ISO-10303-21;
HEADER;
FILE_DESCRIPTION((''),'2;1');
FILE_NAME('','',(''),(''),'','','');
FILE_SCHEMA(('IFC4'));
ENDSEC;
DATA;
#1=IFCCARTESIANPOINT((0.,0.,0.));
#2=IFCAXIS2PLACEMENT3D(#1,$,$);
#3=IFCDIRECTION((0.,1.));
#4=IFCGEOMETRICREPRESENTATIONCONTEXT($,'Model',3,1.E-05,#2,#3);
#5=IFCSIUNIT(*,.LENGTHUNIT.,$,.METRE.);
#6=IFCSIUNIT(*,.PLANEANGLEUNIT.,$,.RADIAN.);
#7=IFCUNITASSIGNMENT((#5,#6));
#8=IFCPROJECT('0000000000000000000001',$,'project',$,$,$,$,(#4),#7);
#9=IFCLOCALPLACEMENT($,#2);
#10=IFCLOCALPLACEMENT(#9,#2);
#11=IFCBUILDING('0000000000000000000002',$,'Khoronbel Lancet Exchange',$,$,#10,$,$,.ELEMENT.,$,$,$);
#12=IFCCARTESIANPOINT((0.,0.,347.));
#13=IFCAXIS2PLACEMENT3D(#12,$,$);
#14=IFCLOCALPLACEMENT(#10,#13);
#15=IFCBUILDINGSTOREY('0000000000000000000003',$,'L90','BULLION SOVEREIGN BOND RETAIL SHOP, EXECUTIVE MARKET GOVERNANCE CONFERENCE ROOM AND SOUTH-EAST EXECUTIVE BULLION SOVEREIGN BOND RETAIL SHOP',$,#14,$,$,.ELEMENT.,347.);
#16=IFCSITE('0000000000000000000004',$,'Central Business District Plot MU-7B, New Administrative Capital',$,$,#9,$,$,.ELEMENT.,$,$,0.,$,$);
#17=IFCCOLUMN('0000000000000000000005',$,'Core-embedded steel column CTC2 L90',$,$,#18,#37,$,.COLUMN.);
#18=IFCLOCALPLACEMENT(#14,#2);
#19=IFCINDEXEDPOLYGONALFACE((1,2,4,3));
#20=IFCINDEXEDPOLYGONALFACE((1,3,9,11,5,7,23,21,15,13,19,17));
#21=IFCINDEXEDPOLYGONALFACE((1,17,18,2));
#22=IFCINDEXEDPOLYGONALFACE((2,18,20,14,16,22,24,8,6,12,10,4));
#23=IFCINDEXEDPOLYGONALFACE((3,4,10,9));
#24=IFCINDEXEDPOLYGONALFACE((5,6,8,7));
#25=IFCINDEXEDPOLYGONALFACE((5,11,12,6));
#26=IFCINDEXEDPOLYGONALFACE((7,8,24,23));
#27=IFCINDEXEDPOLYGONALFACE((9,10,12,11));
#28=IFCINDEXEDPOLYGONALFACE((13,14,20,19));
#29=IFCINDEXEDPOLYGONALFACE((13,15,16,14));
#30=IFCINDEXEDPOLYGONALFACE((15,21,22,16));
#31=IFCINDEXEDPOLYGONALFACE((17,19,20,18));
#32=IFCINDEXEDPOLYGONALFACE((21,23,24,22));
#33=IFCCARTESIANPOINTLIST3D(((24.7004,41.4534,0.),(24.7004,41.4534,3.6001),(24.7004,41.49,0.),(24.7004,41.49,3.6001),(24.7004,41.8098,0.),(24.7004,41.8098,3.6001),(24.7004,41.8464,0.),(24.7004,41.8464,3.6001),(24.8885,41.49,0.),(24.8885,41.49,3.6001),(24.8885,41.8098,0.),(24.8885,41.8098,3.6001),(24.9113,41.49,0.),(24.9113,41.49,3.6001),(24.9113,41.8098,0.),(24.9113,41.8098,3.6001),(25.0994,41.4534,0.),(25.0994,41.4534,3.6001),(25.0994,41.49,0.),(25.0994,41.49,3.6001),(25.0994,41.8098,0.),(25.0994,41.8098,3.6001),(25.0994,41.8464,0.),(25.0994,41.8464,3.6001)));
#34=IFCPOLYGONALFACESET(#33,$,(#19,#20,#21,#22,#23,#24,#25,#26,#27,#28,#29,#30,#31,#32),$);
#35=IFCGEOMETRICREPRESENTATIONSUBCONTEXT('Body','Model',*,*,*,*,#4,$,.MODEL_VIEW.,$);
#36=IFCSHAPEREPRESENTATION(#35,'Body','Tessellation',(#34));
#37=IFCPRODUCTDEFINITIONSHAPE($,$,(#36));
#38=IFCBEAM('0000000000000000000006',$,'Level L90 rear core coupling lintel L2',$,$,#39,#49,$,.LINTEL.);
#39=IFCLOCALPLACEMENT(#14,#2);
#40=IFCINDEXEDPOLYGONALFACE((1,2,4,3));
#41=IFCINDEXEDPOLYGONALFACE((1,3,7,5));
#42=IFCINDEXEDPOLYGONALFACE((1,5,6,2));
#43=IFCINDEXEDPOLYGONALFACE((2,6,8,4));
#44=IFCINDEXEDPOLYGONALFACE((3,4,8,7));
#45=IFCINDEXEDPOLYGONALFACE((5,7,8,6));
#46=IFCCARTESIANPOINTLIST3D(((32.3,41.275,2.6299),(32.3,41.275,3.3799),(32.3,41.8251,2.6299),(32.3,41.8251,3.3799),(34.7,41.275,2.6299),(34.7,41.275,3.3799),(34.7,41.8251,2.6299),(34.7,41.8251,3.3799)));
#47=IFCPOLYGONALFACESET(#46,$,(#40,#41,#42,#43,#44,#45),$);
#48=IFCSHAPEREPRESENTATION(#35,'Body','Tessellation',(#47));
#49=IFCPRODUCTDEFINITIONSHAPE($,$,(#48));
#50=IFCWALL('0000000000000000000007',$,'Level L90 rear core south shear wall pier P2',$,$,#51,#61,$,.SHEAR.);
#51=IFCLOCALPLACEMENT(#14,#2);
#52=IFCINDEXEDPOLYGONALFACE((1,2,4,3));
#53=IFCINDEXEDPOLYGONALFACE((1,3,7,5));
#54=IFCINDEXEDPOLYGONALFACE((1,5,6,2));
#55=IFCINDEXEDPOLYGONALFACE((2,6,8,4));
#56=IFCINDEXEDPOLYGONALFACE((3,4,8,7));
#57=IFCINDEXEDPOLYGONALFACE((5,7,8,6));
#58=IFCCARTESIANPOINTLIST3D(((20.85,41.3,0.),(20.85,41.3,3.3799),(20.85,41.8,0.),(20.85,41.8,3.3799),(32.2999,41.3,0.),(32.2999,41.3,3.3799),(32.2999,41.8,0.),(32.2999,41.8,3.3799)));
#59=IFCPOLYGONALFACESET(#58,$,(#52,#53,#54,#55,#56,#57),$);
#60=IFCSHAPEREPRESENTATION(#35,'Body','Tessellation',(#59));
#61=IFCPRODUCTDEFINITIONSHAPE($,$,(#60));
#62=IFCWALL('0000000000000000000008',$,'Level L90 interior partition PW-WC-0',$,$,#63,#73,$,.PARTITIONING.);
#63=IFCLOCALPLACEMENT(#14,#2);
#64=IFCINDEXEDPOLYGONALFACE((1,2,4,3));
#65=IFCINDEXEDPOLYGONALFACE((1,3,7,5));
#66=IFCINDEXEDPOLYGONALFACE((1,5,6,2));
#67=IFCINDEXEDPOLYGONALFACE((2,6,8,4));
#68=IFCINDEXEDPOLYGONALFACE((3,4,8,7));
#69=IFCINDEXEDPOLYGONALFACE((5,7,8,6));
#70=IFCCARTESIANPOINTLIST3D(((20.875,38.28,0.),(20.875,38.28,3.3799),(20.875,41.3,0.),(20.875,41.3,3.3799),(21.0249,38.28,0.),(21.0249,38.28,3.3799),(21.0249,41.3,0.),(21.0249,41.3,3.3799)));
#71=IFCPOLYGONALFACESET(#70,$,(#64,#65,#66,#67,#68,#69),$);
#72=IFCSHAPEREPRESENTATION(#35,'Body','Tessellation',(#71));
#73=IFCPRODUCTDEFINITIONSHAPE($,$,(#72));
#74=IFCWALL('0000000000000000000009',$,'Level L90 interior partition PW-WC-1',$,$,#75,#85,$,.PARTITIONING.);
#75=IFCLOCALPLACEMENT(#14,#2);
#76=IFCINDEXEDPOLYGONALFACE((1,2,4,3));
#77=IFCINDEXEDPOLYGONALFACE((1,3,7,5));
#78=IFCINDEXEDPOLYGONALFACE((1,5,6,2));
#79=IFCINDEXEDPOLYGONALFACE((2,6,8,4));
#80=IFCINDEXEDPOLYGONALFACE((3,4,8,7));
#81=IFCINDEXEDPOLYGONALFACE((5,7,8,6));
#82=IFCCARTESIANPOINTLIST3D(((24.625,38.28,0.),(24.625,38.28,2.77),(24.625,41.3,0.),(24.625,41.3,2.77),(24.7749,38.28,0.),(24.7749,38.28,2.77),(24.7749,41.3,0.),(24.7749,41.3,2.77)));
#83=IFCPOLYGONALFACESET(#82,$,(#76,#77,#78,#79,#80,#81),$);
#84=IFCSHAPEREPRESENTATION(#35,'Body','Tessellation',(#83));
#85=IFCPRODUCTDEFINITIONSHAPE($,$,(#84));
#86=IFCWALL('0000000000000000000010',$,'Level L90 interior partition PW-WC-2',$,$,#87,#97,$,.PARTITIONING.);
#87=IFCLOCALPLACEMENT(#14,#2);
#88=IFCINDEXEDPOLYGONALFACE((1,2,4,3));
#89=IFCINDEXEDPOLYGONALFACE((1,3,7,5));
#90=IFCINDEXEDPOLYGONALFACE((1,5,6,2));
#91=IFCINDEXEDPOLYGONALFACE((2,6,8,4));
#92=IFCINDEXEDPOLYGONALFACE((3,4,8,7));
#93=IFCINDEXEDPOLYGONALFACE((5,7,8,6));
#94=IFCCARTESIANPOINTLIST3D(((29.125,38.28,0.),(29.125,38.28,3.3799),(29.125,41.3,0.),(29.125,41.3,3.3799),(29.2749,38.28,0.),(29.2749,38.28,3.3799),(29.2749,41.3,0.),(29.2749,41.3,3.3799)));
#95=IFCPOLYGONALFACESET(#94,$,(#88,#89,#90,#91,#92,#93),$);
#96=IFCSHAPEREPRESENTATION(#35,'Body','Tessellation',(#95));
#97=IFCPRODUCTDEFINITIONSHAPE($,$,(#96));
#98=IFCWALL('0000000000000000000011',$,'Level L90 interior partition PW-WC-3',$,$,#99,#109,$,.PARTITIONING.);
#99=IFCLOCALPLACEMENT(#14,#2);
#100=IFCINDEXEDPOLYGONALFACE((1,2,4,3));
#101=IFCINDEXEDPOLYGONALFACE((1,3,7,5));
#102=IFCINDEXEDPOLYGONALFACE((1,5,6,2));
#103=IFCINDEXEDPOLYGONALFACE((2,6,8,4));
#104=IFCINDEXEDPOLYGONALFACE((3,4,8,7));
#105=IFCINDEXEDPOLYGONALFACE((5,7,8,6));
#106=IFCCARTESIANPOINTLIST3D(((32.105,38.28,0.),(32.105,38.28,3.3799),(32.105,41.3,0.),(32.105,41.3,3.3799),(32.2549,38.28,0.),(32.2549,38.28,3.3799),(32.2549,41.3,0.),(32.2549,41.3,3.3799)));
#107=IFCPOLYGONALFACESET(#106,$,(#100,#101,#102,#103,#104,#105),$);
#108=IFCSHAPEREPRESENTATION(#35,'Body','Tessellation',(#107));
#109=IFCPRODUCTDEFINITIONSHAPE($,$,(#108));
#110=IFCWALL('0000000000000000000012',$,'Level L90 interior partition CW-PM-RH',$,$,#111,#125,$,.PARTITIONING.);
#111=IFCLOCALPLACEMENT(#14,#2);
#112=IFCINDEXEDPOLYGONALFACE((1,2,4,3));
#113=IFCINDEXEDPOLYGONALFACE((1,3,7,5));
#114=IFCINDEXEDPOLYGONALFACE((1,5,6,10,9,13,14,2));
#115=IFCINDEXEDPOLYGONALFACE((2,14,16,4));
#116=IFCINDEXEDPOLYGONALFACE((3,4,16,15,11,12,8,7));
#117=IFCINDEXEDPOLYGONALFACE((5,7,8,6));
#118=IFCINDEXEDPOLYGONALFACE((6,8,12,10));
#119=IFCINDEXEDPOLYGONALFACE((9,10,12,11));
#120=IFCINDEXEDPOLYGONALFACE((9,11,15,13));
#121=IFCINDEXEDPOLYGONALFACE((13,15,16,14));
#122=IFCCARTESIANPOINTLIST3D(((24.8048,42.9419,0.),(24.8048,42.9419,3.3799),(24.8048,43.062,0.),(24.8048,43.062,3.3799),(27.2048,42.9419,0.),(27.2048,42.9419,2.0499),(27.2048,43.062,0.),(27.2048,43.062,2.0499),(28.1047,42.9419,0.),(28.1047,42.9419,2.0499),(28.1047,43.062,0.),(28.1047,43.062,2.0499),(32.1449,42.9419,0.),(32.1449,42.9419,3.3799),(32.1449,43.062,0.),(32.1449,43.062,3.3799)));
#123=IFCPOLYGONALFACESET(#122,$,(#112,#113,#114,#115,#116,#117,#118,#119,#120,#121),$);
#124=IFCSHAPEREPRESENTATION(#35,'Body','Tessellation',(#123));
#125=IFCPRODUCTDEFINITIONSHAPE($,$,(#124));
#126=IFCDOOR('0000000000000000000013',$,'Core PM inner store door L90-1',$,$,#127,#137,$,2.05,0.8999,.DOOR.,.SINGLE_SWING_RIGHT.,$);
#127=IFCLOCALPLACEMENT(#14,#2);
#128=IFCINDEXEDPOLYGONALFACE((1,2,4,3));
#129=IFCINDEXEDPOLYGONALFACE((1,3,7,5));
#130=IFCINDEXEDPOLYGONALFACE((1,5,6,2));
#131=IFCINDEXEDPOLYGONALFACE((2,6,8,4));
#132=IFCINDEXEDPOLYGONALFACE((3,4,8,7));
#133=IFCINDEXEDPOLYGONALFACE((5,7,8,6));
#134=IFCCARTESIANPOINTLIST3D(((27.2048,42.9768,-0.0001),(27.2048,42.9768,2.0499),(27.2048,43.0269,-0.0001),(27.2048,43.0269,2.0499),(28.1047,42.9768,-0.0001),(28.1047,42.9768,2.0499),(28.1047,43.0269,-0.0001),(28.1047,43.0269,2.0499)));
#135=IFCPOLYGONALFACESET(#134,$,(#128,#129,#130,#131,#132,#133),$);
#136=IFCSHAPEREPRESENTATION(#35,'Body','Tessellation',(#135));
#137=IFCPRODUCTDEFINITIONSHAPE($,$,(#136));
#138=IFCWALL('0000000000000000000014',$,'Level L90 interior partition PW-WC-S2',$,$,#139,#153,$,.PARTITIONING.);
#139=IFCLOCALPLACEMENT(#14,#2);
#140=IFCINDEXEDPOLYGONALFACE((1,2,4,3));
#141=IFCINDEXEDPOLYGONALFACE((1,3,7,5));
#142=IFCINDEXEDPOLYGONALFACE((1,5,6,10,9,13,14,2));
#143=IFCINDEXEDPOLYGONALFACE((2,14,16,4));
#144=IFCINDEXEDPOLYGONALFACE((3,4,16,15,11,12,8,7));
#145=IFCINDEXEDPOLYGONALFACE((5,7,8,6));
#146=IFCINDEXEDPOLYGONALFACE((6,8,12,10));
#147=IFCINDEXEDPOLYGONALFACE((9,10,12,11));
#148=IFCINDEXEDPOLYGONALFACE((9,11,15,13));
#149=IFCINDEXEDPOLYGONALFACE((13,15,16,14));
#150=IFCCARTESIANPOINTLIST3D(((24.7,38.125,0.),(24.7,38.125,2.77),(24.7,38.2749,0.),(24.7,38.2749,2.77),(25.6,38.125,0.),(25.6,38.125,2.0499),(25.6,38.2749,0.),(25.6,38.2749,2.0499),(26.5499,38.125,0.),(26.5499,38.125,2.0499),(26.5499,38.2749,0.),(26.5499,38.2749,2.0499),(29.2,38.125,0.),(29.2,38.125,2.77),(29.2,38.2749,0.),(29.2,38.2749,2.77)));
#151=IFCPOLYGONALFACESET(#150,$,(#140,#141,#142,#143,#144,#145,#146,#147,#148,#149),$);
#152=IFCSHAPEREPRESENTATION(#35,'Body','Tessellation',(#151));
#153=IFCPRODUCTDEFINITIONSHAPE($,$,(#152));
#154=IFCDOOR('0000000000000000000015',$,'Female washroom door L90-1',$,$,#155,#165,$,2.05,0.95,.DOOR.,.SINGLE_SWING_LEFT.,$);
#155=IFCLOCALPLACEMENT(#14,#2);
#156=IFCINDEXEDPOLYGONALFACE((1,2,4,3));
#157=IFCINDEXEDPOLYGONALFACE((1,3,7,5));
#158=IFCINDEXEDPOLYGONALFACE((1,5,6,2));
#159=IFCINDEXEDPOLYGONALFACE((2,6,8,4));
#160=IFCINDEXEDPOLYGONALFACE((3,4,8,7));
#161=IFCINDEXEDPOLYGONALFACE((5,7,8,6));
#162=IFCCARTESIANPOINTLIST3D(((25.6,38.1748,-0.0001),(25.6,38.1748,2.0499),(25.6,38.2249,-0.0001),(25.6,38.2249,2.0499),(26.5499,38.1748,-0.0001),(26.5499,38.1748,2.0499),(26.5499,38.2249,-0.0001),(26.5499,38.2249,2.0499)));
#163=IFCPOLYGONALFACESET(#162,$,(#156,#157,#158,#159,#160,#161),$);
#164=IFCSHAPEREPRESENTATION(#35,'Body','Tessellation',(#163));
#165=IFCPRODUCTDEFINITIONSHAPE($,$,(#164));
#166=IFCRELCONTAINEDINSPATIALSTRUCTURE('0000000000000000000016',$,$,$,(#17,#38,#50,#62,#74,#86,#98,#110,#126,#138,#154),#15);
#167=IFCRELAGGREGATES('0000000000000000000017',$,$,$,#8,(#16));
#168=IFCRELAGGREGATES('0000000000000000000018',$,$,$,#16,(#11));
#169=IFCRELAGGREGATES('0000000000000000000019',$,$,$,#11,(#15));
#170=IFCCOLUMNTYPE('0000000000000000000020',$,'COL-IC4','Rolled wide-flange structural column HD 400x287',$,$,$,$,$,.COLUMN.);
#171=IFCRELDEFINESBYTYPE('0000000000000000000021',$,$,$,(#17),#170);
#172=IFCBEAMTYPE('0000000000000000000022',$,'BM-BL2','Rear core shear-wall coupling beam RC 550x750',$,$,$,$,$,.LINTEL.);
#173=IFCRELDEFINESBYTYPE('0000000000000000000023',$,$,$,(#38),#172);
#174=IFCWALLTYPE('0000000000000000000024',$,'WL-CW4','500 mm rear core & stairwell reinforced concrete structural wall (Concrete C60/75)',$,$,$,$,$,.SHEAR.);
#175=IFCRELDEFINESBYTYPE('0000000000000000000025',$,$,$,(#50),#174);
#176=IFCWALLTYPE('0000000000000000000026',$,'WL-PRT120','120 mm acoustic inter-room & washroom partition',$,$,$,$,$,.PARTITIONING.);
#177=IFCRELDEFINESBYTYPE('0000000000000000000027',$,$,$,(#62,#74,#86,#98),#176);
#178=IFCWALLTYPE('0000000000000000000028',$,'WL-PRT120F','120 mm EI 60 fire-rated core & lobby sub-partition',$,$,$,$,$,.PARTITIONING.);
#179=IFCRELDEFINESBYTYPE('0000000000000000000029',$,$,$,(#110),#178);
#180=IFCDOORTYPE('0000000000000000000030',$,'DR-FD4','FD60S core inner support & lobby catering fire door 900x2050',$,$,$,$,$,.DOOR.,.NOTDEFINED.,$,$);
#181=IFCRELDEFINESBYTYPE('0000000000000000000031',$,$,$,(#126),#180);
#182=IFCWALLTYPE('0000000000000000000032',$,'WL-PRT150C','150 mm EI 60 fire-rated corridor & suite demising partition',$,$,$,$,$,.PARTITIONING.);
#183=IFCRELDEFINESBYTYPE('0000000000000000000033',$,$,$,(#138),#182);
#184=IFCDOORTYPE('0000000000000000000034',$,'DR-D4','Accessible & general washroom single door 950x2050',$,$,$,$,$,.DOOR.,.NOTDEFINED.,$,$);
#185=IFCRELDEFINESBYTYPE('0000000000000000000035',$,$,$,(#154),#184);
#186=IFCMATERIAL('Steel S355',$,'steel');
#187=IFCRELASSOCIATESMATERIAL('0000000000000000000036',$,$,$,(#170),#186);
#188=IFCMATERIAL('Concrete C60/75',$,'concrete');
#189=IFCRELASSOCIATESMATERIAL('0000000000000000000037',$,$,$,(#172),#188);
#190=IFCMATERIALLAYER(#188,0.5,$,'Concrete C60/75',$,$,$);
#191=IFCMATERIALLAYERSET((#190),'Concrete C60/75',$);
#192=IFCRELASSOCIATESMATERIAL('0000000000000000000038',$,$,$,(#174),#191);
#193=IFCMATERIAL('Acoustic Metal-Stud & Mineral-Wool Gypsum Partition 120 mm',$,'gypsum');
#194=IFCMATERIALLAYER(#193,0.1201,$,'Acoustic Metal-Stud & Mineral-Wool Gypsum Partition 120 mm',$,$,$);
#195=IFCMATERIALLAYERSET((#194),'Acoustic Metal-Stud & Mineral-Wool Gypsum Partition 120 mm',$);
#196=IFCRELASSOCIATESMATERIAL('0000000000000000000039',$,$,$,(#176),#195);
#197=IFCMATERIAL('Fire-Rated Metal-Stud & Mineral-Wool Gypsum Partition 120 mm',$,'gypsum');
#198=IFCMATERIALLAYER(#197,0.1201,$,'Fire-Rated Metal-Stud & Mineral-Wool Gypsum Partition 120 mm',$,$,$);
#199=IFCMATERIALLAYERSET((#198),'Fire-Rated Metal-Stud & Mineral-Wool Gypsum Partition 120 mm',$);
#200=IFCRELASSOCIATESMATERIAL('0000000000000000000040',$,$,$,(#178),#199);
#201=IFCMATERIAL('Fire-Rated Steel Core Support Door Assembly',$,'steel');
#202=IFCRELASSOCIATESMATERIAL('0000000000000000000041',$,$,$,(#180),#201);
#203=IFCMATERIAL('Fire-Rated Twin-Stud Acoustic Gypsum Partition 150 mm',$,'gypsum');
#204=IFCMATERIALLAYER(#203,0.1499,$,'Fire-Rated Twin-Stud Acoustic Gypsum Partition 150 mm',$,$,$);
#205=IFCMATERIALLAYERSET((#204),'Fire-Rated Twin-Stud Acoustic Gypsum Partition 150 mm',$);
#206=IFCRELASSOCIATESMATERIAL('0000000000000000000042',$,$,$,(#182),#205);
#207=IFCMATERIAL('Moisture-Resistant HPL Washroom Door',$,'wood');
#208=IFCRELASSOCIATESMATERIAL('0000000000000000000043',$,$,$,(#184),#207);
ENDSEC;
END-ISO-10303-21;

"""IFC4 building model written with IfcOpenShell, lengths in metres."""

from ifc_helpers import new_model, si_unit, direction, frame, frame_2d, origin, origin_2d, place, context, subcontext, project, spatial, rectangle, i_section, extrude, material, layer, layer_set, material_profile, profile_set, type_object, element, fill, save


model = new_model("IFC4")

# Units and contexts
model_context = context("Model", 3, precision=1e-05, world=origin(), true_north=direction((0.0, 1.0)))
body_context = subcontext(model_context, "Body", "Model", "MODEL_VIEW")
ifc_project = project(units=[si_unit("LENGTHUNIT", "METRE"), si_unit("PLANEANGLEUNIT", "RADIAN")], contexts=[model_context])

# Site, building, storey
site_placement = place(None, origin())
site = spatial("IfcSite", under=ifc_project, at=site_placement, Name="Central Business District Plot MU-7B, New Administrative Capital", CompositionType="ELEMENT", RefElevation=0.0)
building_placement = place(site_placement, origin())
building = spatial("IfcBuilding", under=site, at=building_placement, Name="Khoronbel Lancet Exchange", CompositionType="ELEMENT")
storey_placement = place(building_placement, frame((0.0, 0.0, 347.0)))
storey = spatial("IfcBuildingStorey", under=building, at=storey_placement, Name="L90", Description="BULLION SOVEREIGN BOND RETAIL SHOP, EXECUTIVE MARKET GOVERNANCE CONFERENCE ROOM AND SOUTH-EAST EXECUTIVE BULLION SOVEREIGN BOND RETAIL SHOP", CompositionType="ELEMENT", Elevation=347.0)

# Column
ifc_material_1 = material(Name="Steel S355", Category="steel")
ifc_material_profile_1 = material_profile(ifc_material_1, i_section(OverallWidth=0.3989, OverallDepth=0.3931, WebThickness=0.0227, FlangeThickness=0.0366, at=origin_2d()), Name="HD 400x287")
ifc_profile_set_1 = profile_set([ifc_material_profile_1], Name="Steel S355")
column_type = type_object("IfcColumnType", Name="COL-IC4", Description="Rolled wide-flange structural column HD 400x287", PredefinedType="COLUMN", material=ifc_profile_set_1)
column_placement = place(storey_placement, frame((24.8999, 41.6499, 0.0), z_axis=(0.0, 0.0, 1.0), x_axis=(1.0, 0.0, 0.0)))
element("IfcColumn", 1, at=column_placement, inside=storey, type_object=column_type, Name="Core-embedded steel column CTC2 L90", PredefinedType="COLUMN", context=body_context, shape_type="SweptSolid", body=[
    extrude(i_section(OverallWidth=0.3989, OverallDepth=0.3931, WebThickness=0.0227, FlangeThickness=0.0366, at=origin_2d()), origin(), (0.0, 0.0, 1.0), 3.6001),
])

# Beam
ifc_material_2 = material(Name="Concrete C60/75", Category="concrete")
ifc_material_profile_2 = material_profile(ifc_material_2, rectangle(XDim=0.55, YDim=0.75, at=origin_2d()), Name="RC 550x750")
ifc_profile_set_2 = profile_set([ifc_material_profile_2], Name="Concrete C60/75")
beam_type = type_object("IfcBeamType", Name="BM-BL2", Description="Rear core shear-wall coupling beam RC 550x750", PredefinedType="LINTEL", material=ifc_profile_set_2)
beam_placement = place(storey_placement, frame((32.3, 41.55, 3.0049), z_axis=(1.0, 0.0, 0.0), x_axis=(0.0, 1.0, 0.0)))
element("IfcBeam", 2, at=beam_placement, inside=storey, type_object=beam_type, Name="Level L90 rear core coupling lintel L2", PredefinedType="LINTEL", context=body_context, shape_type="SweptSolid", body=[
    extrude(rectangle(XDim=0.55, YDim=0.75, at=origin_2d()), origin(), (0.0, 0.0, 1.0), 2.3999),
])

# Walls
ifc_layer_1 = layer(ifc_material_2, 0.5, Name="Concrete C60/75")
ifc_layer_set_1 = layer_set([ifc_layer_1], Name="Concrete C60/75")
wall_type_1 = type_object("IfcWallType", Name="WL-CW4", Description="500 mm rear core & stairwell reinforced concrete structural wall (Concrete C60/75)", PredefinedType="SHEAR", material=ifc_layer_set_1)
wall_1_placement = place(storey_placement, frame((32.3, 41.55, 0.0), z_axis=(0.0, 0.0, 1.0), x_axis=(-1.0, 0.0, 0.0)))
element("IfcWall", 3, at=wall_1_placement, inside=storey, type_object=wall_type_1, Name="Level L90 rear core south shear wall pier P2", PredefinedType="SHEAR", context=body_context, shape_type="SweptSolid", body=[
    extrude(rectangle(XDim=11.45, YDim=0.5, at=frame_2d((5.7251, 0.0))), origin(), (0.0, 0.0, 1.0), 3.3799),
])
ifc_material_3 = material(Name="Acoustic Metal-Stud & Mineral-Wool Gypsum Partition 120 mm", Category="gypsum")
ifc_layer_2 = layer(ifc_material_3, 0.1201, Name="Acoustic Metal-Stud & Mineral-Wool Gypsum Partition 120 mm")
ifc_layer_set_2 = layer_set([ifc_layer_2], Name="Acoustic Metal-Stud & Mineral-Wool Gypsum Partition 120 mm")
wall_type_2 = type_object("IfcWallType", Name="WL-PRT120", Description="120 mm acoustic inter-room & washroom partition", PredefinedType="PARTITIONING", material=ifc_layer_set_2)
wall_2_placement = place(storey_placement, frame((20.95, 38.28, 0.0), z_axis=(0.0, 0.0, 1.0), x_axis=(0.0, 1.0, 0.0)))
element("IfcWall", 4, at=wall_2_placement, inside=storey, type_object=wall_type_2, Name="Level L90 interior partition PW-WC-0", PredefinedType="PARTITIONING", context=body_context, shape_type="SweptSolid", body=[
    extrude(rectangle(XDim=3.02, YDim=0.1499, at=frame_2d((1.51, 0.0))), origin(), (0.0, 0.0, 1.0), 3.3799),
])
wall_3_placement = place(storey_placement, frame((24.7, 38.28, 0.0), z_axis=(0.0, 0.0, 1.0), x_axis=(0.0, 1.0, 0.0)))
element("IfcWall", 5, at=wall_3_placement, inside=storey, type_object=wall_type_2, Name="Level L90 interior partition PW-WC-1", PredefinedType="PARTITIONING", context=body_context, shape_type="SweptSolid", body=[
    extrude(rectangle(XDim=3.02, YDim=0.1499, at=frame_2d((1.51, 0.0))), origin(), (0.0, 0.0, 1.0), 2.77),
])
for number, where, z_axis, x_axis, name in (
    (6, (29.2, 38.28, 0.0), (0.0, 0.0, 1.0), (0.0, 1.0, 0.0), "Level L90 interior partition PW-WC-2"),
    (7, (32.1799, 38.28, 0.0), (0.0, 0.0, 1.0), (0.0, 1.0, 0.0), "Level L90 interior partition PW-WC-3"),
):
    element("IfcWall", number, at=place(storey_placement, frame(where, z_axis=z_axis, x_axis=x_axis)), inside=storey, type_object=wall_type_2, Name=name, PredefinedType="PARTITIONING", context=body_context, shape_type="SweptSolid", body=[
        extrude(rectangle(XDim=3.02, YDim=0.1499, at=frame_2d((1.51, 0.0))), origin(), (0.0, 0.0, 1.0), 3.3799),
    ])

# Walls, openings, doors
ifc_material_4 = material(Name="Fire-Rated Metal-Stud & Mineral-Wool Gypsum Partition 120 mm", Category="gypsum")
ifc_layer_3 = layer(ifc_material_4, 0.1201, Name="Fire-Rated Metal-Stud & Mineral-Wool Gypsum Partition 120 mm")
ifc_layer_set_3 = layer_set([ifc_layer_3], Name="Fire-Rated Metal-Stud & Mineral-Wool Gypsum Partition 120 mm")
wall_type_3 = type_object("IfcWallType", Name="WL-PRT120F", Description="120 mm EI 60 fire-rated core & lobby sub-partition", PredefinedType="PARTITIONING", material=ifc_layer_set_3)
wall_4_placement = place(storey_placement, frame((24.8049, 43.002, 0.0), z_axis=(0.0, 0.0, 1.0), x_axis=(1.0, 0.0, 0.0)))
wall_4 = element("IfcWall", 8, at=wall_4_placement, inside=storey, type_object=wall_type_3, Name="Level L90 interior partition CW-PM-RH", PredefinedType="PARTITIONING", context=body_context, shape_type="SweptSolid", body=[
    extrude(rectangle(XDim=7.3401, YDim=0.1201, at=frame_2d((3.6699, 0.0))), origin(), (0.0, 0.0, 1.0), 3.3799),
])
opening_1_placement = place(wall_4_placement, frame((2.3999, 0.0, 0.0)))
opening_1 = element("IfcOpeningElement", 9, at=opening_1_placement, cuts=wall_4, PredefinedType="OPENING", context=body_context, shape_type="SweptSolid", body=[
    extrude(rectangle(XDim=0.8999, YDim=2.05, at=frame_2d((0.45, 1.0249))), frame((0.0, 0.0701, 0.0), z_axis=(0.0, -1.0, 0.0), x_axis=(1.0, 0.0, 0.0)), (0.0, 0.0, 1.0), 0.1401),
])
ifc_material_5 = material(Name="Fire-Rated Steel Core Support Door Assembly", Category="steel")
door_type_1 = type_object("IfcDoorType", Name="DR-FD4", Description="FD60S core inner support & lobby catering fire door 900x2050", OperationType="NOTDEFINED", PredefinedType="DOOR", material=ifc_material_5)
door_1_placement = place(opening_1_placement, origin())
door_1 = element("IfcDoor", 10, at=door_1_placement, inside=storey, type_object=door_type_1, Name="Core PM inner store door L90-1", OperationType="SINGLE_SWING_RIGHT", OverallHeight=2.05, OverallWidth=0.8999, PredefinedType="DOOR", context=body_context, shape_type="SweptSolid", body=[
    extrude(rectangle(XDim=0.8999, YDim=2.05, at=frame_2d((0.45, 1.0249))), frame((0.0, 0.0249, 0.0), z_axis=(0.0, -1.0, 0.0), x_axis=(1.0, 0.0, 0.0)), (0.0, 0.0, 1.0), 0.05),
])
fill(opening_1, door_1)
ifc_material_6 = material(Name="Fire-Rated Twin-Stud Acoustic Gypsum Partition 150 mm", Category="gypsum")
ifc_layer_4 = layer(ifc_material_6, 0.1499, Name="Fire-Rated Twin-Stud Acoustic Gypsum Partition 150 mm")
ifc_layer_set_4 = layer_set([ifc_layer_4], Name="Fire-Rated Twin-Stud Acoustic Gypsum Partition 150 mm")
wall_type_4 = type_object("IfcWallType", Name="WL-PRT150C", Description="150 mm EI 60 fire-rated corridor & suite demising partition", PredefinedType="PARTITIONING", material=ifc_layer_set_4)
wall_5_placement = place(storey_placement, frame((24.7, 38.2, 0.0), z_axis=(0.0, 0.0, 1.0), x_axis=(1.0, 0.0, 0.0)))
wall_5 = element("IfcWall", 11, at=wall_5_placement, inside=storey, type_object=wall_type_4, Name="Level L90 interior partition PW-WC-S2", PredefinedType="PARTITIONING", context=body_context, shape_type="SweptSolid", body=[
    extrude(rectangle(XDim=4.5, YDim=0.1499, at=frame_2d((2.25, 0.0))), origin(), (0.0, 0.0, 1.0), 2.77),
])
opening_2_placement = place(wall_5_placement, frame((0.8999, 0.0, 0.0)))
opening_2 = element("IfcOpeningElement", 12, at=opening_2_placement, cuts=wall_5, PredefinedType="OPENING", context=body_context, shape_type="SweptSolid", body=[
    extrude(rectangle(XDim=0.95, YDim=2.05, at=frame_2d((0.4751, 1.0249))), frame((0.0, 0.085, 0.0), z_axis=(0.0, -1.0, 0.0), x_axis=(1.0, 0.0, 0.0)), (0.0, 0.0, 1.0), 0.1699),
])
ifc_material_7 = material(Name="Moisture-Resistant HPL Washroom Door", Category="wood")
door_type_2 = type_object("IfcDoorType", Name="DR-D4", Description="Accessible & general washroom single door 950x2050", OperationType="NOTDEFINED", PredefinedType="DOOR", material=ifc_material_7)
door_2_placement = place(opening_2_placement, origin())
door_2 = element("IfcDoor", 13, at=door_2_placement, inside=storey, type_object=door_type_2, Name="Female washroom door L90-1", OperationType="SINGLE_SWING_LEFT", OverallHeight=2.05, OverallWidth=0.95, PredefinedType="DOOR", context=body_context, shape_type="SweptSolid", body=[
    extrude(rectangle(XDim=0.95, YDim=2.05, at=frame_2d((0.4751, 1.0249))), frame((0.0, 0.0249, 0.0), z_axis=(0.0, -1.0, 0.0), x_axis=(1.0, 0.0, 0.0)), (0.0, 0.0, 1.0), 0.05),
])
fill(opening_2, door_2)

save(model, "model.ifc")
